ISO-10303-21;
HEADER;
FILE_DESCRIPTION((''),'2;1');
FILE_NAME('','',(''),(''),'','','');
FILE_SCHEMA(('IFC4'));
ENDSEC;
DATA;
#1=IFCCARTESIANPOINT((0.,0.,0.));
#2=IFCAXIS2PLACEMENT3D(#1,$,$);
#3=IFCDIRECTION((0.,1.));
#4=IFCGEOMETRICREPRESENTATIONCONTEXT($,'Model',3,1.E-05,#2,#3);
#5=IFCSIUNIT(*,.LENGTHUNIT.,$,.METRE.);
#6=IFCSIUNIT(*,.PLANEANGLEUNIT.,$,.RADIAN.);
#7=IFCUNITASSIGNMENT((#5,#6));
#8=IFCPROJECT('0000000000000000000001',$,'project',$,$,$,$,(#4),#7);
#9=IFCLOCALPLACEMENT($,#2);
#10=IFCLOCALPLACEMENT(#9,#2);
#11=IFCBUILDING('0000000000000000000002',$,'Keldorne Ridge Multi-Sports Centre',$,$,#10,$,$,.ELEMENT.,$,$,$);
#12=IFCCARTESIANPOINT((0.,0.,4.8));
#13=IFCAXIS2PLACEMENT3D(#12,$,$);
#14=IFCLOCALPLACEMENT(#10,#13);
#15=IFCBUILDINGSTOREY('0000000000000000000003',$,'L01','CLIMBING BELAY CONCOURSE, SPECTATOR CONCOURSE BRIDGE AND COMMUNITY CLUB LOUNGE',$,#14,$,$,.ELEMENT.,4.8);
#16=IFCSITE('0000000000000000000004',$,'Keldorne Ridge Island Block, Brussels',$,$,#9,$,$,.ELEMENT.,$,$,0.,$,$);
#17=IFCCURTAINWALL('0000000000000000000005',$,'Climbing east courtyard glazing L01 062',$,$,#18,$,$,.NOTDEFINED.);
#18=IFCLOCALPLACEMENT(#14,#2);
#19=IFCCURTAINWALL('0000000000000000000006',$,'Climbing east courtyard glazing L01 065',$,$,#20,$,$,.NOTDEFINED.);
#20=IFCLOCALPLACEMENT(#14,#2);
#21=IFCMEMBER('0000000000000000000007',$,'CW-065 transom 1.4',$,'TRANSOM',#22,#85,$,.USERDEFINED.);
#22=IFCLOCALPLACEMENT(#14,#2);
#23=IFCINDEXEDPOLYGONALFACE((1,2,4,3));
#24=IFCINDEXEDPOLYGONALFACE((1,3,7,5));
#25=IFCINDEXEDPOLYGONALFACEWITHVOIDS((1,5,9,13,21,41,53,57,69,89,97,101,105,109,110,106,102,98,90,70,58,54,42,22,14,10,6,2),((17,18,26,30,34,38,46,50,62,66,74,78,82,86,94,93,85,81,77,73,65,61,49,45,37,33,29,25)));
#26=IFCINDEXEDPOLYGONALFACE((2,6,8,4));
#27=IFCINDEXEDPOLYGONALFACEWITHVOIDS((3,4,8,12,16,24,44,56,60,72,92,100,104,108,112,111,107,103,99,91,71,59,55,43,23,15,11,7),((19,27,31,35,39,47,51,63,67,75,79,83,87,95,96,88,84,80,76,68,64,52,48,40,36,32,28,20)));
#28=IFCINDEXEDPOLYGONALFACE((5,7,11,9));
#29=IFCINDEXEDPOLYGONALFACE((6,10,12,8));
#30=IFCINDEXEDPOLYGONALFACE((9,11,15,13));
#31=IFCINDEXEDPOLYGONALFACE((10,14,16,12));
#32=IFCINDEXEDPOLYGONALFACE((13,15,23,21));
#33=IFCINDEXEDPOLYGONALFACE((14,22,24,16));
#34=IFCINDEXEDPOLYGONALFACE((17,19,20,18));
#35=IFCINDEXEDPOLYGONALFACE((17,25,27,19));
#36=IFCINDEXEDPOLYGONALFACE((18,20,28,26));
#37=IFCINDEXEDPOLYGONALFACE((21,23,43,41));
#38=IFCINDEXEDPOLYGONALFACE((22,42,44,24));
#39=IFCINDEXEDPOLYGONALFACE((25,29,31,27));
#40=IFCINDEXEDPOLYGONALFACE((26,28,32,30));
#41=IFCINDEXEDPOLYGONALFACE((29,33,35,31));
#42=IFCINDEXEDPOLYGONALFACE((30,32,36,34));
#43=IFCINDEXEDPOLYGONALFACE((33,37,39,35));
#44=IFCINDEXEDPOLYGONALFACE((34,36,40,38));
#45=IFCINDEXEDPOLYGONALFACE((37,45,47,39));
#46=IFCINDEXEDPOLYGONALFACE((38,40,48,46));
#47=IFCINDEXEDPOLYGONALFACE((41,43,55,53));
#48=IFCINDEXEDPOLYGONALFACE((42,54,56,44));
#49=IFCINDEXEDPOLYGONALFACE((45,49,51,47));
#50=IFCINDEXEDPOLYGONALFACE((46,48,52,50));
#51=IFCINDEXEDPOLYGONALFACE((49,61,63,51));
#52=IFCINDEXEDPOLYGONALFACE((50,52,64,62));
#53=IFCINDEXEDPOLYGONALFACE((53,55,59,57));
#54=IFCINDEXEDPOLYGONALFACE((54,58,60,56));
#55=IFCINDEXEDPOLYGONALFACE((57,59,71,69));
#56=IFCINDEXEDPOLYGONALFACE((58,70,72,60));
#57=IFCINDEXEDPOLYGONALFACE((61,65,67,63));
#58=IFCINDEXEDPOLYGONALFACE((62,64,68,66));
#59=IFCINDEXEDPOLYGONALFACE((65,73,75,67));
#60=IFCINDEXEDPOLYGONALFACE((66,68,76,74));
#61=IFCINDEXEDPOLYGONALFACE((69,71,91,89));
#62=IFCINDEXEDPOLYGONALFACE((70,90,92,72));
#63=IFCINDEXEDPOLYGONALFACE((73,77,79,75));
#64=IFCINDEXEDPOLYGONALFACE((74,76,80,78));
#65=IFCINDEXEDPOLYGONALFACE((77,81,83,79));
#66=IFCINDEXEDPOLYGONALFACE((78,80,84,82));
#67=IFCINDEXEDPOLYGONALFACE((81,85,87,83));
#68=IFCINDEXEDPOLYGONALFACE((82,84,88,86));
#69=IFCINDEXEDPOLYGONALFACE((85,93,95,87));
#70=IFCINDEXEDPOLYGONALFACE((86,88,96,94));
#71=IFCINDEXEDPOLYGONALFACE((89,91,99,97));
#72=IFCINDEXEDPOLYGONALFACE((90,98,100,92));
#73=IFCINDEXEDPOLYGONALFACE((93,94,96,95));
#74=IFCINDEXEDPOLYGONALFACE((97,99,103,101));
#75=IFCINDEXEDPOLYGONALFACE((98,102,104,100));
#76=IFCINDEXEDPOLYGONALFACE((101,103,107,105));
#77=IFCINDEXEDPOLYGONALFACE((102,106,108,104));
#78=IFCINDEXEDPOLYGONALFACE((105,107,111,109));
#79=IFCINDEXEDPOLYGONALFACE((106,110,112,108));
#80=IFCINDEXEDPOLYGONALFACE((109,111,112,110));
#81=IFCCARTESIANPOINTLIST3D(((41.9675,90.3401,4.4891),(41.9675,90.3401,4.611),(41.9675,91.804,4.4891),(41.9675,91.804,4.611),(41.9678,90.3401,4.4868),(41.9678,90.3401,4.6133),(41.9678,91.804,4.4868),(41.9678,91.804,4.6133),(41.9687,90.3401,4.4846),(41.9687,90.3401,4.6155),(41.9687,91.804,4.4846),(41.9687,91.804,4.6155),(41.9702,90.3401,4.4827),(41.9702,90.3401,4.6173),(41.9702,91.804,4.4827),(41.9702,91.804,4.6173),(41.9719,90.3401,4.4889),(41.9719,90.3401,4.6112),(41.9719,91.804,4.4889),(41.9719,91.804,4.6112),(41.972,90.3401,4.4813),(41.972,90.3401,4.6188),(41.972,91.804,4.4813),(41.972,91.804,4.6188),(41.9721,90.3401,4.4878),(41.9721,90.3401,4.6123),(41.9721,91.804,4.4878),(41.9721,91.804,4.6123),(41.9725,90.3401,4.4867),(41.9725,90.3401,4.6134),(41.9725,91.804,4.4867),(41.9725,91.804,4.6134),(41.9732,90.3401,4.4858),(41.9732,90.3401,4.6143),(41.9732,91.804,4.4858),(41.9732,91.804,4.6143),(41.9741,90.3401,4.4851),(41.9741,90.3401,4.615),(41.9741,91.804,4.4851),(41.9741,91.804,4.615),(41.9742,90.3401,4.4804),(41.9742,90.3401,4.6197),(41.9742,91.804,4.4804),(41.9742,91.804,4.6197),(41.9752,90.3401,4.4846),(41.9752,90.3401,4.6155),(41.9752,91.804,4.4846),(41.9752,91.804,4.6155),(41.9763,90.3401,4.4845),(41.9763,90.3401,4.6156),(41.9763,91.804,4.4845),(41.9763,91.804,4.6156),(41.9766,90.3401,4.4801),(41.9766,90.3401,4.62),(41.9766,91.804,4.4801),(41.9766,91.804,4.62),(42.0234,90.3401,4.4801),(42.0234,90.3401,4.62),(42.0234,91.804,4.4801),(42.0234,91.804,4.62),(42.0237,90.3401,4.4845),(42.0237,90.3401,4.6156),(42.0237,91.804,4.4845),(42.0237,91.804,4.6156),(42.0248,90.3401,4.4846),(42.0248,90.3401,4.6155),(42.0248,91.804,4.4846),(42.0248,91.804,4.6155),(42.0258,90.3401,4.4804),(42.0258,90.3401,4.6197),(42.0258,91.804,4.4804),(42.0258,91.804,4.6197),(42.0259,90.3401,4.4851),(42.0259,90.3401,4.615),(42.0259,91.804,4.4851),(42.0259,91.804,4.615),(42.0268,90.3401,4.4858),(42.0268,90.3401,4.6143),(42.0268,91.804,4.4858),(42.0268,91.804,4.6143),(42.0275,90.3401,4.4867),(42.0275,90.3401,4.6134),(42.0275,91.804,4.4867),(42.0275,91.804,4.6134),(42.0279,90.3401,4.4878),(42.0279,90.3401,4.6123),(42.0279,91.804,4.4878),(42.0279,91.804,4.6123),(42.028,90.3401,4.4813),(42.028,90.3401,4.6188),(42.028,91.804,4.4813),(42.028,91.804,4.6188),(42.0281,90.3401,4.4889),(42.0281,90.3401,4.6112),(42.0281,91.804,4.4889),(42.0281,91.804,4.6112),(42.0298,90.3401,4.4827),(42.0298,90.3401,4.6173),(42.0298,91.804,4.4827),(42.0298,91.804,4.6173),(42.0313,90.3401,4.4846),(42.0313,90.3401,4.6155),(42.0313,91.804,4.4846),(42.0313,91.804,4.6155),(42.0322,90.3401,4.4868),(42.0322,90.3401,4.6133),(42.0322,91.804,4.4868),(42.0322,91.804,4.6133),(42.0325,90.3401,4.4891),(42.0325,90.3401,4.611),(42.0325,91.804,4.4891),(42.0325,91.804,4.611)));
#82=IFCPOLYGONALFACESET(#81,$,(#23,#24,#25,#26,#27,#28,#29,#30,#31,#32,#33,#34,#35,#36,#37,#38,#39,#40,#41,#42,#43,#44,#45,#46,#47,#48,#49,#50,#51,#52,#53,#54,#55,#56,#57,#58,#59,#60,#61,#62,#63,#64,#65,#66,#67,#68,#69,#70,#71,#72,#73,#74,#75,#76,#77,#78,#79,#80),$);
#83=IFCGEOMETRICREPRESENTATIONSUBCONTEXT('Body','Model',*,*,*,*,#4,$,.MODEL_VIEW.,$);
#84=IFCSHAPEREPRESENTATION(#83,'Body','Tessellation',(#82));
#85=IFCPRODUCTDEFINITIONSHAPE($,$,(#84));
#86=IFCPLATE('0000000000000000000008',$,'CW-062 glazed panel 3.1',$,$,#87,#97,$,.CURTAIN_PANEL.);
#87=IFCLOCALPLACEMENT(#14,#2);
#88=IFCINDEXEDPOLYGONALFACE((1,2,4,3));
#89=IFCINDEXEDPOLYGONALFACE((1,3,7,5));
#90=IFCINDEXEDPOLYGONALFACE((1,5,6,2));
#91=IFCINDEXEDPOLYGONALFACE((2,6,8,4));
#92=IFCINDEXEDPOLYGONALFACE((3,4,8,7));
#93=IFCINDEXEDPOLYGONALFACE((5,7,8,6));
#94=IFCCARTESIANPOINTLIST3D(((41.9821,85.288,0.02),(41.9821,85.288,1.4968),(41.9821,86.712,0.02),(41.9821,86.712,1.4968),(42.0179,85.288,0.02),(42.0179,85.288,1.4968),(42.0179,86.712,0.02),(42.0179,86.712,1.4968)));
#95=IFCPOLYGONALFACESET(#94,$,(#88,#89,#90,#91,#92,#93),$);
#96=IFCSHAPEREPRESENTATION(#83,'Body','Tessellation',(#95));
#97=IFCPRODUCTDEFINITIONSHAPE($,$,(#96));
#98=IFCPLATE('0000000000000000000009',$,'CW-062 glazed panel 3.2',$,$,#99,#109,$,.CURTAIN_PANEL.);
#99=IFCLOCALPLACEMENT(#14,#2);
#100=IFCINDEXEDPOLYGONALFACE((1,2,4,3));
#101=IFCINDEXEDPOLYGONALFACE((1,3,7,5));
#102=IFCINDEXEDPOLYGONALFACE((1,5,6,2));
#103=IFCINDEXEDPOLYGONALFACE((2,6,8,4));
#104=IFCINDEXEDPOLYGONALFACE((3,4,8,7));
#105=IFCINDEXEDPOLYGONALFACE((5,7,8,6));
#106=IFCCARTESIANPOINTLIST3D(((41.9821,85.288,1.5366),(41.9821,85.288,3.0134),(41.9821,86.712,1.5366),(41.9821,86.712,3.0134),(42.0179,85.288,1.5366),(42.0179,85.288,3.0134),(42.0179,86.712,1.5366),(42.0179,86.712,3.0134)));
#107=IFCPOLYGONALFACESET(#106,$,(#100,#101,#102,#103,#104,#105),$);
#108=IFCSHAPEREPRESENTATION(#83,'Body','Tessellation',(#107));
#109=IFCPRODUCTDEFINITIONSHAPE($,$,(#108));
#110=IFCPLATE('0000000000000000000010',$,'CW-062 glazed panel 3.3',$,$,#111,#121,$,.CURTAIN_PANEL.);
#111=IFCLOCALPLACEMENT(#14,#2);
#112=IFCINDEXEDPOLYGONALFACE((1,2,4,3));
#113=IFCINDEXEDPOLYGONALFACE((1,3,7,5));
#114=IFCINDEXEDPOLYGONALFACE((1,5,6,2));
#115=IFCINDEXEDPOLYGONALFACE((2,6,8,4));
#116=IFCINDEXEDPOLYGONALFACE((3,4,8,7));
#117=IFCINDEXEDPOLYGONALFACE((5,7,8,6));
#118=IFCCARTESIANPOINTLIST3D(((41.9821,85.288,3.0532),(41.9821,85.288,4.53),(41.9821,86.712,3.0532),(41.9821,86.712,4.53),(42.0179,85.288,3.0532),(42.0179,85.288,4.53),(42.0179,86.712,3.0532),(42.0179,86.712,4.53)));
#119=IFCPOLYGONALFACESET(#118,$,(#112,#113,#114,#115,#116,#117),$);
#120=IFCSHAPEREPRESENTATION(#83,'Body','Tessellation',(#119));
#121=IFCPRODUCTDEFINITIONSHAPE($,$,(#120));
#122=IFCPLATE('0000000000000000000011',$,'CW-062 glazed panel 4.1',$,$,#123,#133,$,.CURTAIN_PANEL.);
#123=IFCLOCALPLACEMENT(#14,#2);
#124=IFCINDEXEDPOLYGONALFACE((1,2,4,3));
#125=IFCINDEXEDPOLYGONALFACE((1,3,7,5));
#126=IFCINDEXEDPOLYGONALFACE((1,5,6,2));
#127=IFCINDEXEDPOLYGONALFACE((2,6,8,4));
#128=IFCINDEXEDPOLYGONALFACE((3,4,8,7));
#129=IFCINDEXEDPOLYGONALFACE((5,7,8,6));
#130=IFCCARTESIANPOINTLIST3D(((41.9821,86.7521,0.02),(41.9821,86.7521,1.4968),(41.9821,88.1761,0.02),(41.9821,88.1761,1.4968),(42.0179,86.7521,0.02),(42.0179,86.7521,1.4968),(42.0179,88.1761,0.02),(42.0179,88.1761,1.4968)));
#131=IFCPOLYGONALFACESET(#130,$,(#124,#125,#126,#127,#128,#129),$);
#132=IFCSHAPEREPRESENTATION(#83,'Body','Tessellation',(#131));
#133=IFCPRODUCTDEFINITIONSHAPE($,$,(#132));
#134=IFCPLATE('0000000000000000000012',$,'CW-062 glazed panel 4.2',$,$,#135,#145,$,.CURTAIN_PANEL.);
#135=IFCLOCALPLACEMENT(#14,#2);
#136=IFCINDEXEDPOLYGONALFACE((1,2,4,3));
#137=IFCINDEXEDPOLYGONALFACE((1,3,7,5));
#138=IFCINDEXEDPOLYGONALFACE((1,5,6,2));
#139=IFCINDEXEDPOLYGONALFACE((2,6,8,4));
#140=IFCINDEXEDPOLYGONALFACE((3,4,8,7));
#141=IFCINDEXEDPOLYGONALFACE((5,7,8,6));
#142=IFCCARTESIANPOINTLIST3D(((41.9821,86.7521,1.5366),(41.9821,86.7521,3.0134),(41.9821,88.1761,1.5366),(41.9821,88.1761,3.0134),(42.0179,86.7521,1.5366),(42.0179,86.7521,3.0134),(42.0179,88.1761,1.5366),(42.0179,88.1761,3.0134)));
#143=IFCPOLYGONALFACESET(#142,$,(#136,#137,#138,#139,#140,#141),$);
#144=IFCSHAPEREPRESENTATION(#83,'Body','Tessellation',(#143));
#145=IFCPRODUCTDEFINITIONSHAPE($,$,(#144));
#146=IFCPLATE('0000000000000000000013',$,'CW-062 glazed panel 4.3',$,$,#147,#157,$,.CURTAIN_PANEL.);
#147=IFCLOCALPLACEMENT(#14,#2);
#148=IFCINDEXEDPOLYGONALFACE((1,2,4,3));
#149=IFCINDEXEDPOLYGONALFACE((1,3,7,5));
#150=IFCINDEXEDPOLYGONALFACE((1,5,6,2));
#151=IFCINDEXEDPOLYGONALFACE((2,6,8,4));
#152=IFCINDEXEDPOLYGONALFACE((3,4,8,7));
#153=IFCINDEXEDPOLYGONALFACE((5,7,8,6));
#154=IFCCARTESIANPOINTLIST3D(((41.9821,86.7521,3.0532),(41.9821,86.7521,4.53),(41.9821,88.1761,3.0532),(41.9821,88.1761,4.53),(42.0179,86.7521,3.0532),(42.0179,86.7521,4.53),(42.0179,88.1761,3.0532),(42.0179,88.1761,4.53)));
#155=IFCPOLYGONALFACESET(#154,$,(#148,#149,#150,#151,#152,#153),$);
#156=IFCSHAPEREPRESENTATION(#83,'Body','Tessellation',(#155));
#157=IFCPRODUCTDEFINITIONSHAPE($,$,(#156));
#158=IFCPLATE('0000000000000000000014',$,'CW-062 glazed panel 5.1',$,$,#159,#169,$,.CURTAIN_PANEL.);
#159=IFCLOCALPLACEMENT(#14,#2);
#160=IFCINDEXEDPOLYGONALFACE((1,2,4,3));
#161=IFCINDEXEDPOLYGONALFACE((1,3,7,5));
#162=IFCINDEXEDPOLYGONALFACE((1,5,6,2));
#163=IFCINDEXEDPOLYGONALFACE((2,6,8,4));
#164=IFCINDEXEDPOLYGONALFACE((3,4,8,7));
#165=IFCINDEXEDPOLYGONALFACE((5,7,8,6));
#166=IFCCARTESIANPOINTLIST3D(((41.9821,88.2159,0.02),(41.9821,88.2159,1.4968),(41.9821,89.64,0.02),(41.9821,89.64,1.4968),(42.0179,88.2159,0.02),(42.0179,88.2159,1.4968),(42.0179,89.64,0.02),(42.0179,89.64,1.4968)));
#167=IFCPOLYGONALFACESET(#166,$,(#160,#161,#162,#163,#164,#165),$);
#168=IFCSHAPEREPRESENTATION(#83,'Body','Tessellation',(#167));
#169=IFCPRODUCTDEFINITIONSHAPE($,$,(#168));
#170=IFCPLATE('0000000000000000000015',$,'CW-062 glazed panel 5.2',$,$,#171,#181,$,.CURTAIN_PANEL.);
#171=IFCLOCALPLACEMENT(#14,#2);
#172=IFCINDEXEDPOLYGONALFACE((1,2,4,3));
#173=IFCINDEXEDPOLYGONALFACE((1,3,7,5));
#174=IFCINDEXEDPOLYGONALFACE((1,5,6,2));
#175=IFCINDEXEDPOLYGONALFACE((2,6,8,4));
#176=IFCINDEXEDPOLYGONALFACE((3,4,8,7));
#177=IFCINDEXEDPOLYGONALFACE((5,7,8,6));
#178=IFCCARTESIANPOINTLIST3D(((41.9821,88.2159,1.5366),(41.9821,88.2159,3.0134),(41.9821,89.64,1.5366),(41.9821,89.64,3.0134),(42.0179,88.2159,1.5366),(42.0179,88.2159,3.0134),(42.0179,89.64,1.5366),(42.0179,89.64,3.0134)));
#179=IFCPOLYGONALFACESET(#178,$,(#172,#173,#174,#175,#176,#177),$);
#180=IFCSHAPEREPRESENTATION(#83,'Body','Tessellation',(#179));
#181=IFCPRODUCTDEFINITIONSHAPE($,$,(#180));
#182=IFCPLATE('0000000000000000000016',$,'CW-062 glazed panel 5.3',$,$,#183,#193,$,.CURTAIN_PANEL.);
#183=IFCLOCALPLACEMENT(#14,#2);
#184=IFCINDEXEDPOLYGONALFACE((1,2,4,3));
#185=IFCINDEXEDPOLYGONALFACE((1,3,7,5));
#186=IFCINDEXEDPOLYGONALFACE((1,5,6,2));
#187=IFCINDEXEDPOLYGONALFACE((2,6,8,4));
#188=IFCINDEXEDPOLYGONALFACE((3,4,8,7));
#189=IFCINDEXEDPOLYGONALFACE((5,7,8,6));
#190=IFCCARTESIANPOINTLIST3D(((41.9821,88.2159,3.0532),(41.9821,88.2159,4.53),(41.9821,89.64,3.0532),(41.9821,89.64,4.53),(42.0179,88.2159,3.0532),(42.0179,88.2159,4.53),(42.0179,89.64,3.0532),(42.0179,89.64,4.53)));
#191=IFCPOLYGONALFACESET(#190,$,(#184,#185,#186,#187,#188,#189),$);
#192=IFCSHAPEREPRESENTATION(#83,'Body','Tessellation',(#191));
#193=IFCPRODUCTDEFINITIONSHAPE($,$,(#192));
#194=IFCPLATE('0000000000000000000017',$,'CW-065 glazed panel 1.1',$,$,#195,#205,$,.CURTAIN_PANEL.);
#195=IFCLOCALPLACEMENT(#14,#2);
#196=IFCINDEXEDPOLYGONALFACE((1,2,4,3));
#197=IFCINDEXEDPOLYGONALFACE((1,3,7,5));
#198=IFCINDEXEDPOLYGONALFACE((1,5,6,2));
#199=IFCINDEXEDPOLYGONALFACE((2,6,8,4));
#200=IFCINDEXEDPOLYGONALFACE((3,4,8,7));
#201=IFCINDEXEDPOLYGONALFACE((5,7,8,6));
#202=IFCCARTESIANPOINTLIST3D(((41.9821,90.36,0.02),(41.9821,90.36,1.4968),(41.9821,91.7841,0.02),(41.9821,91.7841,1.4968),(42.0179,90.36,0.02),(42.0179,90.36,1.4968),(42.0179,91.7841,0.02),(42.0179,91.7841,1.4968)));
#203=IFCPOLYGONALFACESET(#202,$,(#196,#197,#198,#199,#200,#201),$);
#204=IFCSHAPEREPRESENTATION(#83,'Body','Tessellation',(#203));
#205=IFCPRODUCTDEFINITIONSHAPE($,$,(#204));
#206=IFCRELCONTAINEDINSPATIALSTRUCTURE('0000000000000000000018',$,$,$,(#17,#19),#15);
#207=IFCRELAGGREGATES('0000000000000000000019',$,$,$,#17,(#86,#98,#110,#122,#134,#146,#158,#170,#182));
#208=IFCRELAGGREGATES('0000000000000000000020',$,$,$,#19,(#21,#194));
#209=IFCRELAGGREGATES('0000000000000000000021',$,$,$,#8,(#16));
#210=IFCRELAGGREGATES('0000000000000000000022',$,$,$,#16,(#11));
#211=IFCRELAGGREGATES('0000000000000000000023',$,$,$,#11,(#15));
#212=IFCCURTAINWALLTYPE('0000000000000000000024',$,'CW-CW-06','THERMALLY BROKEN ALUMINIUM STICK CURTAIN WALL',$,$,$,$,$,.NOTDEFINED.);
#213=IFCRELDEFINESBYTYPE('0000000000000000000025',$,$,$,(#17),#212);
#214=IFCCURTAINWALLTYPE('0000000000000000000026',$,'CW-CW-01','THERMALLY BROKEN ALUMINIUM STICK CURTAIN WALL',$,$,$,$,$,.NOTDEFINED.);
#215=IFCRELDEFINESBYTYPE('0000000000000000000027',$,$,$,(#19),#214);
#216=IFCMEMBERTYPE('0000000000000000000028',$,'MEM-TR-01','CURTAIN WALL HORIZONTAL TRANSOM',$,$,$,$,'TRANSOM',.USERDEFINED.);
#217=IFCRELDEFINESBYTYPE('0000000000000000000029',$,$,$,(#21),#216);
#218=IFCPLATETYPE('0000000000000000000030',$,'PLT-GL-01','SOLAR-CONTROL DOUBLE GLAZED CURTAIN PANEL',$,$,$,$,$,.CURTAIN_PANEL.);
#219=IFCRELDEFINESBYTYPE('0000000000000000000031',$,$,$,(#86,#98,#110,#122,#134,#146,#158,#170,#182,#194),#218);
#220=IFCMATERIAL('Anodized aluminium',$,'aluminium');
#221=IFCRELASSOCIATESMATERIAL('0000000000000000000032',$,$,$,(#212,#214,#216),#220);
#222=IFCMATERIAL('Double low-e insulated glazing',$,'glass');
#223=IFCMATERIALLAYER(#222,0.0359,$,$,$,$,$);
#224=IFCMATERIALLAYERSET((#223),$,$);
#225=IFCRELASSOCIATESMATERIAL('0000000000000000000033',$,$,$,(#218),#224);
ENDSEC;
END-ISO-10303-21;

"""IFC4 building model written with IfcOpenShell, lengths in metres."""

from ifc_helpers import new_model, si_unit, direction, frame, origin, origin_2d, place, context, subcontext, project, spatial, rectangle, hollow_rectangle, extrude, material, layer, layer_set, material_profile, profile_set, type_object, element, aggregate, save


model = new_model("IFC4")

# Units and contexts
model_context = context("Model", 3, precision=1e-05, world=origin(), true_north=direction((0.0, 1.0)))
body_context = subcontext(model_context, "Body", "Model", "MODEL_VIEW")
ifc_project = project(units=[si_unit("LENGTHUNIT", "METRE"), si_unit("PLANEANGLEUNIT", "RADIAN")], contexts=[model_context])

# Site, building, storey
site_placement = place(None, origin())
site = spatial("IfcSite", under=ifc_project, at=site_placement, Name="Keldorne Ridge Island Block, Brussels", CompositionType="ELEMENT", RefElevation=0.0)
building_placement = place(site_placement, origin())
building = spatial("IfcBuilding", under=site, at=building_placement, Name="Keldorne Ridge Multi-Sports Centre", CompositionType="ELEMENT")
storey_placement = place(building_placement, frame((0.0, 0.0, 4.8)))
storey = spatial("IfcBuildingStorey", under=building, at=storey_placement, Name="L01", Description="CLIMBING BELAY CONCOURSE, SPECTATOR CONCOURSE BRIDGE AND COMMUNITY CLUB LOUNGE", CompositionType="ELEMENT", Elevation=4.8)

# Curtain wall
ifc_material_1 = material(Name="Anodized aluminium", Category="aluminium")
curtain_wall_type_1 = type_object("IfcCurtainWallType", Name="CW-CW-06", Description="THERMALLY BROKEN ALUMINIUM STICK CURTAIN WALL", PredefinedType="NOTDEFINED", material=ifc_material_1)
curtain_wall_1_placement = place(storey_placement, origin())
curtain_wall_1 = element("IfcCurtainWall", 1, at=curtain_wall_1_placement, inside=storey, type_object=curtain_wall_type_1, Name="Climbing east courtyard glazing L01 062", PredefinedType="NOTDEFINED")

# Curtain wall
curtain_wall_type_2 = type_object("IfcCurtainWallType", Name="CW-CW-01", Description="THERMALLY BROKEN ALUMINIUM STICK CURTAIN WALL", PredefinedType="NOTDEFINED", material=ifc_material_1)
curtain_wall_2_placement = place(storey_placement, origin())
curtain_wall_2 = element("IfcCurtainWall", 2, at=curtain_wall_2_placement, inside=storey, type_object=curtain_wall_type_2, Name="Climbing east courtyard glazing L01 065", PredefinedType="NOTDEFINED")

# Member
ifc_material_profile_1 = material_profile(ifc_material_1, hollow_rectangle(XDim=0.0649, YDim=0.1399, WallThickness=0.0044, InnerFilletRadius=0.0044, OuterFilletRadius=0.009, at=origin_2d()), Name="ALU TRANSOM 140x65x4.5")
ifc_profile_set_1 = profile_set([ifc_material_profile_1], Name="Anodized aluminium")
member_type_1 = type_object("IfcMemberType", Name="MEM-TR-01", Description="CURTAIN WALL HORIZONTAL TRANSOM", ElementType="TRANSOM", PredefinedType="USERDEFINED", material=ifc_profile_set_1)
member_1_placement = place(storey_placement, frame((42.0, 90.3401, 4.55), z_axis=(0.0, 1.0, 0.0), x_axis=(-1.0, 0.0, 0.0)))
member_1 = element("IfcMember", 3, at=member_1_placement, type_object=member_type_1, Name="CW-065 transom 1.4", ObjectType="TRANSOM", PredefinedType="USERDEFINED", context=body_context, shape_type="SweptSolid", body=[
    extrude(hollow_rectangle(XDim=0.0649, YDim=0.1399, WallThickness=0.0044, InnerFilletRadius=0.0044, OuterFilletRadius=0.009, at=origin_2d()), origin(), (0.0, 0.0, 1.0), 1.4639),
])

# Plates
ifc_material_2 = material(Name="Double low-e insulated glazing", Category="glass")
ifc_layer = layer(ifc_material_2, 0.0359)
ifc_layer_set = layer_set([ifc_layer])
plate_type = type_object("IfcPlateType", Name="PLT-GL-01", Description="SOLAR-CONTROL DOUBLE GLAZED CURTAIN PANEL", PredefinedType="CURTAIN_PANEL", material=ifc_layer_set)
plate_1_placement = place(storey_placement, frame((42.0, 86.0, 0.02), z_axis=(0.0, 0.0, 1.0), x_axis=(0.0, 1.0, 0.0)))
plate_1 = element("IfcPlate", 4, at=plate_1_placement, type_object=plate_type, Name="CW-062 glazed panel 3.1", PredefinedType="CURTAIN_PANEL", context=body_context, shape_type="SweptSolid", body=[
    extrude(rectangle(XDim=1.4241, YDim=0.0359, at=origin_2d()), origin(), (0.0, 0.0, 1.0), 1.4768),
])
plate_2_placement = place(storey_placement, frame((42.0, 86.0, 1.5366), z_axis=(0.0, 0.0, 1.0), x_axis=(0.0, 1.0, 0.0)))
plate_2 = element("IfcPlate", 5, at=plate_2_placement, type_object=plate_type, Name="CW-062 glazed panel 3.2", PredefinedType="CURTAIN_PANEL", context=body_context, shape_type="SweptSolid", body=[
    extrude(rectangle(XDim=1.4241, YDim=0.0359, at=origin_2d()), origin(), (0.0, 0.0, 1.0), 1.4768),
])
plate_3_placement = place(storey_placement, frame((42.0, 86.0, 3.0532), z_axis=(0.0, 0.0, 1.0), x_axis=(0.0, 1.0, 0.0)))
plate_3 = element("IfcPlate", 6, at=plate_3_placement, type_object=plate_type, Name="CW-062 glazed panel 3.3", PredefinedType="CURTAIN_PANEL", context=body_context, shape_type="SweptSolid", body=[
    extrude(rectangle(XDim=1.4241, YDim=0.0359, at=origin_2d()), origin(), (0.0, 0.0, 1.0), 1.4768),
])
plate_4_placement = place(storey_placement, frame((42.0, 87.4641, 0.02), z_axis=(0.0, 0.0, 1.0), x_axis=(0.0, 1.0, 0.0)))
plate_4 = element("IfcPlate", 7, at=plate_4_placement, type_object=plate_type, Name="CW-062 glazed panel 4.1", PredefinedType="CURTAIN_PANEL", context=body_context, shape_type="SweptSolid", body=[
    extrude(rectangle(XDim=1.4241, YDim=0.0359, at=origin_2d()), origin(), (0.0, 0.0, 1.0), 1.4768),
])
plate_5_placement = place(storey_placement, frame((42.0, 87.4641, 1.5366), z_axis=(0.0, 0.0, 1.0), x_axis=(0.0, 1.0, 0.0)))
plate_5 = element("IfcPlate", 8, at=plate_5_placement, type_object=plate_type, Name="CW-062 glazed panel 4.2", PredefinedType="CURTAIN_PANEL", context=body_context, shape_type="SweptSolid", body=[
    extrude(rectangle(XDim=1.4241, YDim=0.0359, at=origin_2d()), origin(), (0.0, 0.0, 1.0), 1.4768),
])
plate_6_placement = place(storey_placement, frame((42.0, 87.4641, 3.0532), z_axis=(0.0, 0.0, 1.0), x_axis=(0.0, 1.0, 0.0)))
plate_6 = element("IfcPlate", 9, at=plate_6_placement, type_object=plate_type, Name="CW-062 glazed panel 4.3", PredefinedType="CURTAIN_PANEL", context=body_context, shape_type="SweptSolid", body=[
    extrude(rectangle(XDim=1.4241, YDim=0.0359, at=origin_2d()), origin(), (0.0, 0.0, 1.0), 1.4768),
])
plate_7_placement = place(storey_placement, frame((42.0, 88.928, 0.02), z_axis=(0.0, 0.0, 1.0), x_axis=(0.0, 1.0, 0.0)))
plate_7 = element("IfcPlate", 10, at=plate_7_placement, type_object=plate_type, Name="CW-062 glazed panel 5.1", PredefinedType="CURTAIN_PANEL", context=body_context, shape_type="SweptSolid", body=[
    extrude(rectangle(XDim=1.4241, YDim=0.0359, at=origin_2d()), origin(), (0.0, 0.0, 1.0), 1.4768),
])
plate_8_placement = place(storey_placement, frame((42.0, 88.928, 1.5366), z_axis=(0.0, 0.0, 1.0), x_axis=(0.0, 1.0, 0.0)))
plate_8 = element("IfcPlate", 11, at=plate_8_placement, type_object=plate_type, Name="CW-062 glazed panel 5.2", PredefinedType="CURTAIN_PANEL", context=body_context, shape_type="SweptSolid", body=[
    extrude(rectangle(XDim=1.4241, YDim=0.0359, at=origin_2d()), origin(), (0.0, 0.0, 1.0), 1.4768),
])
plate_9_placement = place(storey_placement, frame((42.0, 88.928, 3.0532), z_axis=(0.0, 0.0, 1.0), x_axis=(0.0, 1.0, 0.0)))
plate_9 = element("IfcPlate", 12, at=plate_9_placement, type_object=plate_type, Name="CW-062 glazed panel 5.3", PredefinedType="CURTAIN_PANEL", context=body_context, shape_type="SweptSolid", body=[
    extrude(rectangle(XDim=1.4241, YDim=0.0359, at=origin_2d()), origin(), (0.0, 0.0, 1.0), 1.4768),
])
aggregate(curtain_wall_1, [plate_1, plate_2, plate_3, plate_4, plate_5, plate_6, plate_7, plate_8, plate_9])
plate_10_placement = place(storey_placement, frame((42.0, 91.072, 0.02), z_axis=(0.0, 0.0, 1.0), x_axis=(0.0, 1.0, 0.0)))
plate_10 = element("IfcPlate", 13, at=plate_10_placement, type_object=plate_type, Name="CW-065 glazed panel 1.1", PredefinedType="CURTAIN_PANEL", context=body_context, shape_type="SweptSolid", body=[
    extrude(rectangle(XDim=1.4241, YDim=0.0359, at=origin_2d()), origin(), (0.0, 0.0, 1.0), 1.4768),
])
aggregate(curtain_wall_2, [member_1, plate_10])

save(model, "model.ifc")
